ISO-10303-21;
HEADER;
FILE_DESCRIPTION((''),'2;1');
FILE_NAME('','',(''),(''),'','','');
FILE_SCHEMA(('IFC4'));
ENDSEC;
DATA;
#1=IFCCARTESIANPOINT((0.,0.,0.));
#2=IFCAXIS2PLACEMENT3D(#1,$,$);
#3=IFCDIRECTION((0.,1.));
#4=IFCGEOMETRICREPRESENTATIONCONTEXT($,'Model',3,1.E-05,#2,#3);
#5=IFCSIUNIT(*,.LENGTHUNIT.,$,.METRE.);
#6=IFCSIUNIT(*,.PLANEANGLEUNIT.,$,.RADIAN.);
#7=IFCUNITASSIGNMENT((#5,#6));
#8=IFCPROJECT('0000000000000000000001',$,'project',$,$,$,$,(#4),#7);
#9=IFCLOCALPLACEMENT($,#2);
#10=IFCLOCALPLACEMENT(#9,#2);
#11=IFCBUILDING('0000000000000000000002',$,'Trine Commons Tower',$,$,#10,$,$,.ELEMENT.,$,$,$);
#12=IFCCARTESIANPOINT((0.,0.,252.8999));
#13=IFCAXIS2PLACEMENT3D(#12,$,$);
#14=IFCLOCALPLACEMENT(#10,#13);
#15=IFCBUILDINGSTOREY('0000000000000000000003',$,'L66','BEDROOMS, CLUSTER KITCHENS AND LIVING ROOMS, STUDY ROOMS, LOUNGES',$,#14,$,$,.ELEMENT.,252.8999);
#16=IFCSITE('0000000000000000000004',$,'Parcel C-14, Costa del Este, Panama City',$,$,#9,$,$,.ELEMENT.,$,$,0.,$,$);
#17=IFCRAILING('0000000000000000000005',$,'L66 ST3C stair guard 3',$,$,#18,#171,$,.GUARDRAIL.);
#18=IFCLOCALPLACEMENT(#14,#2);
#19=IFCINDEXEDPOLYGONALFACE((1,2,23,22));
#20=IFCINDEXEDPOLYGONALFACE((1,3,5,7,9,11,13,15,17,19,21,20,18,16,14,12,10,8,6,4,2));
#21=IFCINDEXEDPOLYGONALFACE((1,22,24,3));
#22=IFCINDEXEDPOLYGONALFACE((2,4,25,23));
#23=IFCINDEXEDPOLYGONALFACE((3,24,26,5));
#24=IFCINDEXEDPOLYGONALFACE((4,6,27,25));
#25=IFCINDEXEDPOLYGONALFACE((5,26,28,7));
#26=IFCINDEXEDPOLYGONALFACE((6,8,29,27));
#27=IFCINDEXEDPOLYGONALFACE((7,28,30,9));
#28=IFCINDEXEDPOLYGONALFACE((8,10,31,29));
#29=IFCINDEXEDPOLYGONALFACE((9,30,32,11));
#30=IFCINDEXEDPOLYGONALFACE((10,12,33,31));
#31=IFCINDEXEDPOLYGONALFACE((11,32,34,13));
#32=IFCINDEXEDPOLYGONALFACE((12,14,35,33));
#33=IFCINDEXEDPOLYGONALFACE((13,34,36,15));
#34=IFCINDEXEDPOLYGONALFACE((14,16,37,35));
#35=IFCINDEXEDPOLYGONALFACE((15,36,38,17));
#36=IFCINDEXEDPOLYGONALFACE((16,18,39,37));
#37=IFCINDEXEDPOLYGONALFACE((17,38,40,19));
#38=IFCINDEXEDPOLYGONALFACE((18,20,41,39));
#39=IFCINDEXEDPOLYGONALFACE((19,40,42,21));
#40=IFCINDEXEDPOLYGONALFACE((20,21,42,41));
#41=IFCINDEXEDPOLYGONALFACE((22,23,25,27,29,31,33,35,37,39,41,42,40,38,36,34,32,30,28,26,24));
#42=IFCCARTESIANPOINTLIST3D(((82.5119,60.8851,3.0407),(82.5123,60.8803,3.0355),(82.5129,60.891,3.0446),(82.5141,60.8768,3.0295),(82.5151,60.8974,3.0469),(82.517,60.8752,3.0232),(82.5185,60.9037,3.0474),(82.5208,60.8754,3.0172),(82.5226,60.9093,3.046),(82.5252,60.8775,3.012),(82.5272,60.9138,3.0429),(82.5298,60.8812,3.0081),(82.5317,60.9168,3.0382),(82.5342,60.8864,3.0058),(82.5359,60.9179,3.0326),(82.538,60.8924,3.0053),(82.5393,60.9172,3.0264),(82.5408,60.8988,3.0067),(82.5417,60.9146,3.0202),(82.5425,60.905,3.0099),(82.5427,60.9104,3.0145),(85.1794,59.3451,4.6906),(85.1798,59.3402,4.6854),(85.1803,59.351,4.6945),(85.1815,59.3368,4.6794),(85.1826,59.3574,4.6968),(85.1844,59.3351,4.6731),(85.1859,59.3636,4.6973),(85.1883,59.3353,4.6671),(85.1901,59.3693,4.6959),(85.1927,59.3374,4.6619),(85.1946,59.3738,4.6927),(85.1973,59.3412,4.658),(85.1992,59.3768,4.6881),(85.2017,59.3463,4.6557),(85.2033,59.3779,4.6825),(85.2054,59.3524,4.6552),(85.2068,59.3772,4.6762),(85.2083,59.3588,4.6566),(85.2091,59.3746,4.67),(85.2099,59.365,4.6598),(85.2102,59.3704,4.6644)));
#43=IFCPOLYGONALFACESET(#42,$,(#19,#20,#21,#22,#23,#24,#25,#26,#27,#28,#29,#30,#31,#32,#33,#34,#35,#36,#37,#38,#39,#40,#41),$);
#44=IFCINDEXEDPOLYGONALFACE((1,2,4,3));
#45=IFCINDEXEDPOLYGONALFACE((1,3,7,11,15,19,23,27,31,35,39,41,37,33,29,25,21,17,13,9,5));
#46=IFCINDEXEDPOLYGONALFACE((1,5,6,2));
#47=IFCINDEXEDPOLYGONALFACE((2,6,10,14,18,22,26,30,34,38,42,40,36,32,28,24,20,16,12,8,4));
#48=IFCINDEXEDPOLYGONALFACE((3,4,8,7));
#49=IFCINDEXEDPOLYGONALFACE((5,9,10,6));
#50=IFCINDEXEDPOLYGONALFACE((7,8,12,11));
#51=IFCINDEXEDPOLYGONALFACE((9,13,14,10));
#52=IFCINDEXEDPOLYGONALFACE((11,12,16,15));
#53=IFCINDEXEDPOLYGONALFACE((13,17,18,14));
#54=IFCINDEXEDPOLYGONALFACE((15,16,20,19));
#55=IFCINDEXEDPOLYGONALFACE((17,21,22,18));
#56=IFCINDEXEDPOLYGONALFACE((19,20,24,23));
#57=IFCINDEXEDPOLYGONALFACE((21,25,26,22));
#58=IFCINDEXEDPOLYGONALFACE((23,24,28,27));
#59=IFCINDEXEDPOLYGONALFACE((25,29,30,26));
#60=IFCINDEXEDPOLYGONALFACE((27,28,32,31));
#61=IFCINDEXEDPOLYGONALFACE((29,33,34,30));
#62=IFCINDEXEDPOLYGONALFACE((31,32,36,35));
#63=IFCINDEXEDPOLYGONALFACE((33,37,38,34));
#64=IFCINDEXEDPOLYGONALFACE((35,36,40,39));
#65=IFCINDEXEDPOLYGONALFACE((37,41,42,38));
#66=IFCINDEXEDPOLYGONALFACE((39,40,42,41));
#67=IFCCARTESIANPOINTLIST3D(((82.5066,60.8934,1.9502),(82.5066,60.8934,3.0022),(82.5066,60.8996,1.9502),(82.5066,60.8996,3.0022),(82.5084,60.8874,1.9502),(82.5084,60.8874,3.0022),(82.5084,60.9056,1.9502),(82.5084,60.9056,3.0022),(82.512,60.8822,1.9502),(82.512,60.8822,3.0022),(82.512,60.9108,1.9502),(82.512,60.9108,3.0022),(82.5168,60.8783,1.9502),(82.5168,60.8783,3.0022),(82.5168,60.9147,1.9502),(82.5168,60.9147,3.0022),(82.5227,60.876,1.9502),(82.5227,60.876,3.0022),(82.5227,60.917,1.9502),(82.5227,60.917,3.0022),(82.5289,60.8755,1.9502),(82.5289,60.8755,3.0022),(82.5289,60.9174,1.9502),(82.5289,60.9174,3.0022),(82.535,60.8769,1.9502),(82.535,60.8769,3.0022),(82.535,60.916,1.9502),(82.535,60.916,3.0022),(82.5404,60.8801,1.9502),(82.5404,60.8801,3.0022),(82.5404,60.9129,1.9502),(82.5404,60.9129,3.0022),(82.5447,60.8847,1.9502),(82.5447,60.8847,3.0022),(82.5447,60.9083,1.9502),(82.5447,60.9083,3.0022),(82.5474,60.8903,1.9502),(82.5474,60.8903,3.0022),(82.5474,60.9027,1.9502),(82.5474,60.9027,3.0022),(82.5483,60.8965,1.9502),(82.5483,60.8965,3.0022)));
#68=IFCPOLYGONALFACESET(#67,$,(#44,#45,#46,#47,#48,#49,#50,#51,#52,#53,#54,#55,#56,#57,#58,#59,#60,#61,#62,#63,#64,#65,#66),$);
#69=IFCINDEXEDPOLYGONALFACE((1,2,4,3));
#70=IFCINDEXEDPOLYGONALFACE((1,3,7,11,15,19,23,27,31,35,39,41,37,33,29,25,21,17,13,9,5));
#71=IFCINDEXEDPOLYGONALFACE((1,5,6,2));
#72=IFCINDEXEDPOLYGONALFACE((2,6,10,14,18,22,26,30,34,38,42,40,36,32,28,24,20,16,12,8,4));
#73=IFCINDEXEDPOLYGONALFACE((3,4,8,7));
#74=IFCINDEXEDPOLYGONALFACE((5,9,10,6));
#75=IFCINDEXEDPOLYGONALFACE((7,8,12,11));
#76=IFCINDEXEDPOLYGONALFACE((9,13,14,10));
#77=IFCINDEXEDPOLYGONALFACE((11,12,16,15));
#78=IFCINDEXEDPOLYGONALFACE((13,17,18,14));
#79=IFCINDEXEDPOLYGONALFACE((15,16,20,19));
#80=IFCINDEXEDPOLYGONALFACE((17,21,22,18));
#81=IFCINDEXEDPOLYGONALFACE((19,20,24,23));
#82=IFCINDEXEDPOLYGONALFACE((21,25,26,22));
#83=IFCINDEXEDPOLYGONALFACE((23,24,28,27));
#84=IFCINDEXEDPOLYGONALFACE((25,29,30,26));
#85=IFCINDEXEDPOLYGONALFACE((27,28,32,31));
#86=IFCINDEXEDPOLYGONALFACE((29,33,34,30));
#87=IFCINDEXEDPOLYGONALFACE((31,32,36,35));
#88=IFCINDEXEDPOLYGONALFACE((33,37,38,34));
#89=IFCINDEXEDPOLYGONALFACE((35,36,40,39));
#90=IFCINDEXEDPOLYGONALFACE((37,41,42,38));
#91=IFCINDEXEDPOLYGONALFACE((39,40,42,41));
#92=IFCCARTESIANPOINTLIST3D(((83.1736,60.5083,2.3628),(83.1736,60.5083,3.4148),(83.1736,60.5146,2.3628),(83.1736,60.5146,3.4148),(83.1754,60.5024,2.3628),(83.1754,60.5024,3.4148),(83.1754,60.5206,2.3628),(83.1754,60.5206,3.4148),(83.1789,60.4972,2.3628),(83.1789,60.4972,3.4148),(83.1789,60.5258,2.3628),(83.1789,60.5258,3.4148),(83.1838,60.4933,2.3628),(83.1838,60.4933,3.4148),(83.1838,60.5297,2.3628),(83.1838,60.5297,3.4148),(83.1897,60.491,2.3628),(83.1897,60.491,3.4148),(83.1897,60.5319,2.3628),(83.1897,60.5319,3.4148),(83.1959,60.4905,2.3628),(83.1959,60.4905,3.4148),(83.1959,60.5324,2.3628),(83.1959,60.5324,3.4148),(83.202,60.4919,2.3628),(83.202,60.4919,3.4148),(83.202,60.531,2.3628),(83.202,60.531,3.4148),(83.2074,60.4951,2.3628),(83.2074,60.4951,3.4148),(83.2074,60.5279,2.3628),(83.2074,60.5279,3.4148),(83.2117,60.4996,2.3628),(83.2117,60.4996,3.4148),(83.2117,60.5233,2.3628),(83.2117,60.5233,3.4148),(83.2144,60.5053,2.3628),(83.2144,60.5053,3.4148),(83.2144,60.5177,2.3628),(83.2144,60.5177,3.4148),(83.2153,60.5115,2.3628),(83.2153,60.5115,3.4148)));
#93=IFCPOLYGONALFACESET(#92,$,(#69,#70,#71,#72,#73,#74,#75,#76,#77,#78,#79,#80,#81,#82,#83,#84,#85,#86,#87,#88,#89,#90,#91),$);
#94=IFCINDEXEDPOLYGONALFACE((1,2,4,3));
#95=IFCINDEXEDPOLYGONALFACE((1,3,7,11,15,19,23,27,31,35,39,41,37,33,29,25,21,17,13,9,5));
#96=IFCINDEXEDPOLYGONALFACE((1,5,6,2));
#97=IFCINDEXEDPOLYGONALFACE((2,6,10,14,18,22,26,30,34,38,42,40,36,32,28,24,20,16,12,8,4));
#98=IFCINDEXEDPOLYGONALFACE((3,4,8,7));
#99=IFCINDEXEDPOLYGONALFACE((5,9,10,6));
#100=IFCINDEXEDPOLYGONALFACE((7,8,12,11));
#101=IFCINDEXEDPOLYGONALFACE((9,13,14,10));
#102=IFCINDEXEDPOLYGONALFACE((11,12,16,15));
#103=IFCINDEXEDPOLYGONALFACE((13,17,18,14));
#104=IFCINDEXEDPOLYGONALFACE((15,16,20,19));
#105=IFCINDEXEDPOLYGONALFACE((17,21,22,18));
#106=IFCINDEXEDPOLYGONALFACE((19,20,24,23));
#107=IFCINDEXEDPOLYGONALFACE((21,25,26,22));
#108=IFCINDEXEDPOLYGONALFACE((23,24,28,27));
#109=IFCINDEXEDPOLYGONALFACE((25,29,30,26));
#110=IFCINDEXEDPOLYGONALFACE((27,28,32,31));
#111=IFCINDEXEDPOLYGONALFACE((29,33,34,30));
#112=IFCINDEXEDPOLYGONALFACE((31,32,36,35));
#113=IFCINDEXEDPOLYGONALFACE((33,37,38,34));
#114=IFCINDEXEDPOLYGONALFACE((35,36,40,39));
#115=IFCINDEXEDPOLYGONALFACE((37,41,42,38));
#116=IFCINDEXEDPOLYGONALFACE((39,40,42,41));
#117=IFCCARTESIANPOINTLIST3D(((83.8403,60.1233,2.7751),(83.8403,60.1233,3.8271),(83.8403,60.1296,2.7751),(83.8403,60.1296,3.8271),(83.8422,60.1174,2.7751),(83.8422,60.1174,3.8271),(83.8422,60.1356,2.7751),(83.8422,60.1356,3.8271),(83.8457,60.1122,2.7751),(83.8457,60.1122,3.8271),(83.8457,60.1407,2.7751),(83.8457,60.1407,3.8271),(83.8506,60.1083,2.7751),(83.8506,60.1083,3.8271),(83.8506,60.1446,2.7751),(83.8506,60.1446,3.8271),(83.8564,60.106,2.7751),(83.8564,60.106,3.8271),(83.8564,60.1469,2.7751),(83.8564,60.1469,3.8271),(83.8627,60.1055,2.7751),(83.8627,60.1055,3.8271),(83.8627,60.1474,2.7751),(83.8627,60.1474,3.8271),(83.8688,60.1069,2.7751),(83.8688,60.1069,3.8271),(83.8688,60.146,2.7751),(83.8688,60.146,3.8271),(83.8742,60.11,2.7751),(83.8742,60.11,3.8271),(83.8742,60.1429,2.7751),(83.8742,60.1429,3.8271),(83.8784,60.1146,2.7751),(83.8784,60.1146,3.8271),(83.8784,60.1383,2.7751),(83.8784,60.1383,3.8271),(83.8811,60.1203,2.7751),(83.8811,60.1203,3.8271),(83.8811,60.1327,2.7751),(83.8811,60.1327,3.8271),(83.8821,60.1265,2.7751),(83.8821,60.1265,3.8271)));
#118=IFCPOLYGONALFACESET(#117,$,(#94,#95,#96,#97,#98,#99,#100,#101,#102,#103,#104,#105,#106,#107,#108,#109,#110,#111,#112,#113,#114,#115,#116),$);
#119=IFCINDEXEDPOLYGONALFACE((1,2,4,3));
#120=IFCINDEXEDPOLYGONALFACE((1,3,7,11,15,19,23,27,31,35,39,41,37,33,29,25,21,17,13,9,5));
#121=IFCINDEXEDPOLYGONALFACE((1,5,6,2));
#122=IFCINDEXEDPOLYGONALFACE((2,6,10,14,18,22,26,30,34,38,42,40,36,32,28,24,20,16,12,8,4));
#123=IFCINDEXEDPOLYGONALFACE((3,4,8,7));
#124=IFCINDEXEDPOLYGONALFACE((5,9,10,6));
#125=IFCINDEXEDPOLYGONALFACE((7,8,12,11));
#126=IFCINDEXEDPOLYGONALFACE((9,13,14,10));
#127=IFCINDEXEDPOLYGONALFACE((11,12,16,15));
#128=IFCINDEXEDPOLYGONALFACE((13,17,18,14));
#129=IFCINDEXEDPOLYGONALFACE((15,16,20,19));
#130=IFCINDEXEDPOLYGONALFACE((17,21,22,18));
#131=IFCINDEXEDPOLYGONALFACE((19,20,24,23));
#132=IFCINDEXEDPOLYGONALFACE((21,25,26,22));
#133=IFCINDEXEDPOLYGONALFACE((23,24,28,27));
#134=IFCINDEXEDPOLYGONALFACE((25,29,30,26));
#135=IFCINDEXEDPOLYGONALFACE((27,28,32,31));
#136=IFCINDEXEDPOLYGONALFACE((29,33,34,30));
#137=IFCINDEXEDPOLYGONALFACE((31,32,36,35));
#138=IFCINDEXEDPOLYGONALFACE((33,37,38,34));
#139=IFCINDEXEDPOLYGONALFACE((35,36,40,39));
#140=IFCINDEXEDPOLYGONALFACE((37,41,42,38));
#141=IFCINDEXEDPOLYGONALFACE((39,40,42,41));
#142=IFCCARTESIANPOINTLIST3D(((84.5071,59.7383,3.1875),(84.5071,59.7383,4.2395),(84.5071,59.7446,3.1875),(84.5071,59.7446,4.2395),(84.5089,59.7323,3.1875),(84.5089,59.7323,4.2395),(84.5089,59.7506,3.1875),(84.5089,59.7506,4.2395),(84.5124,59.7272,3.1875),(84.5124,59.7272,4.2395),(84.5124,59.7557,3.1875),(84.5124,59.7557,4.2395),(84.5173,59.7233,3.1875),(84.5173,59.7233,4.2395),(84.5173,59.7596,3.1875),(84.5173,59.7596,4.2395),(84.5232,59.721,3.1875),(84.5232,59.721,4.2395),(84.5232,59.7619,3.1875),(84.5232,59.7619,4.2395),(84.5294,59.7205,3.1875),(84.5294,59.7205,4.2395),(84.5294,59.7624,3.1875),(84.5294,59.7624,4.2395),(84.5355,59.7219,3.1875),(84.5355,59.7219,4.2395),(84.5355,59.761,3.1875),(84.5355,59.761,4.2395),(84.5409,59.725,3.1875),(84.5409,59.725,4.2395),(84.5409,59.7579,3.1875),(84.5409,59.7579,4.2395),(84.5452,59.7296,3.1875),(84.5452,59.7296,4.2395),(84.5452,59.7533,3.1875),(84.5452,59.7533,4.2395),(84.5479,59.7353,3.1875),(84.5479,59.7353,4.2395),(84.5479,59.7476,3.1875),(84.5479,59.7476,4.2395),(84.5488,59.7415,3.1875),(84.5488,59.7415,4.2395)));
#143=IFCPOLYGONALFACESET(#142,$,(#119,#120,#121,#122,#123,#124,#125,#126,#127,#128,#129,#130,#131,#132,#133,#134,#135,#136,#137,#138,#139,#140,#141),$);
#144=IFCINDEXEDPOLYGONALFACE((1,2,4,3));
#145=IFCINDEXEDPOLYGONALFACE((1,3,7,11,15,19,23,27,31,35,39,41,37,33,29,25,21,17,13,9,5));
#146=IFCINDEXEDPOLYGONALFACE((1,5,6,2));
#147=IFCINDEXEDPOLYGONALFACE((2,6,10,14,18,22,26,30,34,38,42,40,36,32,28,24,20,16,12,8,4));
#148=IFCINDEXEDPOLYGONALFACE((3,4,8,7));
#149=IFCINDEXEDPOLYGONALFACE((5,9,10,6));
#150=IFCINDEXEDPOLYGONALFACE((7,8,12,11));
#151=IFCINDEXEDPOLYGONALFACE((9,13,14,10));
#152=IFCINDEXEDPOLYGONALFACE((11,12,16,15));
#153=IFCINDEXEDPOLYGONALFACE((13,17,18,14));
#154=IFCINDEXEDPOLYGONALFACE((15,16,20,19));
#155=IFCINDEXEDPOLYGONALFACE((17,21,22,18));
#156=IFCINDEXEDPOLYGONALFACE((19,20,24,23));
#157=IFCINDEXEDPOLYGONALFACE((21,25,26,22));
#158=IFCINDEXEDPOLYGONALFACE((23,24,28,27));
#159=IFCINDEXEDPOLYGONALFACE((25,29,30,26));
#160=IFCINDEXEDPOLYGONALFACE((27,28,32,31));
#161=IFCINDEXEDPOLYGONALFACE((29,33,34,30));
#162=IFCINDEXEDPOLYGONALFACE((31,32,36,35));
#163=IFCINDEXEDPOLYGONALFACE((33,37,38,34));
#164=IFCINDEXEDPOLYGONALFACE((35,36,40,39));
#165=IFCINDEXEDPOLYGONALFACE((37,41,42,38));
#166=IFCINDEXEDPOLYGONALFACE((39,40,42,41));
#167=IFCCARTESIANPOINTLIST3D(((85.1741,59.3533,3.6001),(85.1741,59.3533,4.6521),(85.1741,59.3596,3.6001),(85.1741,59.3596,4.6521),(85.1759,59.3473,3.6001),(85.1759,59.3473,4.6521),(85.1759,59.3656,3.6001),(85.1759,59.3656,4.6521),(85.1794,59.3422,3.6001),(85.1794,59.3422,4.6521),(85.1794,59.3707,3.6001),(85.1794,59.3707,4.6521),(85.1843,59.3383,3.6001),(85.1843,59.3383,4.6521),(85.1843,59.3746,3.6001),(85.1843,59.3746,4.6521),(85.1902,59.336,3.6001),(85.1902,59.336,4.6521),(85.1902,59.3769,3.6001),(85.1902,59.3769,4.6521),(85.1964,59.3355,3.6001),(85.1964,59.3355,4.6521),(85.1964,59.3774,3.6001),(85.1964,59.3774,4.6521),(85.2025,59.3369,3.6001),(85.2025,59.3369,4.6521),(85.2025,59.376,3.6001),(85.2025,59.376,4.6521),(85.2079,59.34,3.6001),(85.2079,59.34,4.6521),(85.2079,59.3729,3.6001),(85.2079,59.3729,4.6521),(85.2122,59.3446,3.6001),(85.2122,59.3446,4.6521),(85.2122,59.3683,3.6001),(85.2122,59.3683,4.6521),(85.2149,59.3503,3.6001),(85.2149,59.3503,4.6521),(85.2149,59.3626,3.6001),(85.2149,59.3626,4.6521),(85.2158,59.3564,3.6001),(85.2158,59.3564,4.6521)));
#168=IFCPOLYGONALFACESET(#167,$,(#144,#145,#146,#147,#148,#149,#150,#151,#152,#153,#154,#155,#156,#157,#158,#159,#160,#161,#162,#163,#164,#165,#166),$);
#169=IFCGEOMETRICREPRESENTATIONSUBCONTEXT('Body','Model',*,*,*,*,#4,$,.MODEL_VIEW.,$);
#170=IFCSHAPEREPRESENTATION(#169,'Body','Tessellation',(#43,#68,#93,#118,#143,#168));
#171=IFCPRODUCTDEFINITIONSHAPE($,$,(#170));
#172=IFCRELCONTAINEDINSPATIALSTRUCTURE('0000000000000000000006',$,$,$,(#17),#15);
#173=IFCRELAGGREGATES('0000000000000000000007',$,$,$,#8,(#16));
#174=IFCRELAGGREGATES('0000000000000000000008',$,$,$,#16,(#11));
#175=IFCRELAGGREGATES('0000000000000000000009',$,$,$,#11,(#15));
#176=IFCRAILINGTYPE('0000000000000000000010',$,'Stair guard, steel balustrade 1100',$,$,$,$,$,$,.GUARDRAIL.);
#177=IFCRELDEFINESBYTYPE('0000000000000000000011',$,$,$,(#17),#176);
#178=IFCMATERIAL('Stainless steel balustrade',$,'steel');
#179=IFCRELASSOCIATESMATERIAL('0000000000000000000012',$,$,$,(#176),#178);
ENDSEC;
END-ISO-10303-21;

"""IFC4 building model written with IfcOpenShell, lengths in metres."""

from ifc_helpers import new_model, si_unit, direction, frame, origin, origin_2d, place, context, subcontext, project, spatial, circle, extrude, material, type_object, element, save


model = new_model("IFC4")

# Units and contexts
model_context = context("Model", 3, precision=1e-05, world=origin(), true_north=direction((0.0, 1.0)))
body_context = subcontext(model_context, "Body", "Model", "MODEL_VIEW")
ifc_project = project(units=[si_unit("LENGTHUNIT", "METRE"), si_unit("PLANEANGLEUNIT", "RADIAN")], contexts=[model_context])

# Site, building, storey
site_placement = place(None, origin())
site = spatial("IfcSite", under=ifc_project, at=site_placement, Name="Parcel C-14, Costa del Este, Panama City", CompositionType="ELEMENT", RefElevation=0.0)
building_placement = place(site_placement, origin())
building = spatial("IfcBuilding", under=site, at=building_placement, Name="Trine Commons Tower", CompositionType="ELEMENT")
storey_placement = place(building_placement, frame((0.0, 0.0, 252.8999)))
storey = spatial("IfcBuildingStorey", under=building, at=storey_placement, Name="L66", Description="BEDROOMS, CLUSTER KITCHENS AND LIVING ROOMS, STUDY ROOMS, LOUNGES", CompositionType="ELEMENT", Elevation=252.8999)

# Railing
ifc_material_1 = material(Name="Stainless steel balustrade", Category="steel")
railing_type_1 = type_object("IfcRailingType", Name="Stair guard, steel balustrade 1100", PredefinedType="GUARDRAIL", material=ifc_material_1)
railing_1_placement = place(storey_placement, frame((82.5273, 60.8965, 1.9502)))
element("IfcRailing", 1, at=railing_1_placement, inside=storey, type_object=railing_type_1, Name="L66 ST3C stair guard 3", PredefinedType="GUARDRAIL", context=body_context, shape_type="SweptSolid", body=[
    extrude(circle(Radius=0.0239, at=origin_2d()), frame((0.0, 0.0, 1.0762), z_axis=(0.763405, -0.440743, 0.472185), x_axis=(0.499992, 0.86603, 0.0)), (0.0, 0.0, 1.0), 3.4941),
    extrude(circle(Radius=0.021, at=origin_2d()), origin(), (0.0, 0.0, 1.0), 1.052),
    extrude(circle(Radius=0.021, at=origin_2d()), frame((0.667, -0.385, 0.4126)), (0.0, 0.0, 1.0), 1.052),
    extrude(circle(Radius=0.021, at=origin_2d()), frame((1.3337, -0.77, 0.825)), (0.0, 0.0, 1.0), 1.052),
    extrude(circle(Radius=0.021, at=origin_2d()), frame((2.0005, -1.155, 1.2373)), (0.0, 0.0, 1.0), 1.052),
    extrude(circle(Radius=0.021, at=origin_2d()), frame((2.6675, -1.54, 1.6499)), (0.0, 0.0, 1.0), 1.052),
])

save(model, "model.ifc")
